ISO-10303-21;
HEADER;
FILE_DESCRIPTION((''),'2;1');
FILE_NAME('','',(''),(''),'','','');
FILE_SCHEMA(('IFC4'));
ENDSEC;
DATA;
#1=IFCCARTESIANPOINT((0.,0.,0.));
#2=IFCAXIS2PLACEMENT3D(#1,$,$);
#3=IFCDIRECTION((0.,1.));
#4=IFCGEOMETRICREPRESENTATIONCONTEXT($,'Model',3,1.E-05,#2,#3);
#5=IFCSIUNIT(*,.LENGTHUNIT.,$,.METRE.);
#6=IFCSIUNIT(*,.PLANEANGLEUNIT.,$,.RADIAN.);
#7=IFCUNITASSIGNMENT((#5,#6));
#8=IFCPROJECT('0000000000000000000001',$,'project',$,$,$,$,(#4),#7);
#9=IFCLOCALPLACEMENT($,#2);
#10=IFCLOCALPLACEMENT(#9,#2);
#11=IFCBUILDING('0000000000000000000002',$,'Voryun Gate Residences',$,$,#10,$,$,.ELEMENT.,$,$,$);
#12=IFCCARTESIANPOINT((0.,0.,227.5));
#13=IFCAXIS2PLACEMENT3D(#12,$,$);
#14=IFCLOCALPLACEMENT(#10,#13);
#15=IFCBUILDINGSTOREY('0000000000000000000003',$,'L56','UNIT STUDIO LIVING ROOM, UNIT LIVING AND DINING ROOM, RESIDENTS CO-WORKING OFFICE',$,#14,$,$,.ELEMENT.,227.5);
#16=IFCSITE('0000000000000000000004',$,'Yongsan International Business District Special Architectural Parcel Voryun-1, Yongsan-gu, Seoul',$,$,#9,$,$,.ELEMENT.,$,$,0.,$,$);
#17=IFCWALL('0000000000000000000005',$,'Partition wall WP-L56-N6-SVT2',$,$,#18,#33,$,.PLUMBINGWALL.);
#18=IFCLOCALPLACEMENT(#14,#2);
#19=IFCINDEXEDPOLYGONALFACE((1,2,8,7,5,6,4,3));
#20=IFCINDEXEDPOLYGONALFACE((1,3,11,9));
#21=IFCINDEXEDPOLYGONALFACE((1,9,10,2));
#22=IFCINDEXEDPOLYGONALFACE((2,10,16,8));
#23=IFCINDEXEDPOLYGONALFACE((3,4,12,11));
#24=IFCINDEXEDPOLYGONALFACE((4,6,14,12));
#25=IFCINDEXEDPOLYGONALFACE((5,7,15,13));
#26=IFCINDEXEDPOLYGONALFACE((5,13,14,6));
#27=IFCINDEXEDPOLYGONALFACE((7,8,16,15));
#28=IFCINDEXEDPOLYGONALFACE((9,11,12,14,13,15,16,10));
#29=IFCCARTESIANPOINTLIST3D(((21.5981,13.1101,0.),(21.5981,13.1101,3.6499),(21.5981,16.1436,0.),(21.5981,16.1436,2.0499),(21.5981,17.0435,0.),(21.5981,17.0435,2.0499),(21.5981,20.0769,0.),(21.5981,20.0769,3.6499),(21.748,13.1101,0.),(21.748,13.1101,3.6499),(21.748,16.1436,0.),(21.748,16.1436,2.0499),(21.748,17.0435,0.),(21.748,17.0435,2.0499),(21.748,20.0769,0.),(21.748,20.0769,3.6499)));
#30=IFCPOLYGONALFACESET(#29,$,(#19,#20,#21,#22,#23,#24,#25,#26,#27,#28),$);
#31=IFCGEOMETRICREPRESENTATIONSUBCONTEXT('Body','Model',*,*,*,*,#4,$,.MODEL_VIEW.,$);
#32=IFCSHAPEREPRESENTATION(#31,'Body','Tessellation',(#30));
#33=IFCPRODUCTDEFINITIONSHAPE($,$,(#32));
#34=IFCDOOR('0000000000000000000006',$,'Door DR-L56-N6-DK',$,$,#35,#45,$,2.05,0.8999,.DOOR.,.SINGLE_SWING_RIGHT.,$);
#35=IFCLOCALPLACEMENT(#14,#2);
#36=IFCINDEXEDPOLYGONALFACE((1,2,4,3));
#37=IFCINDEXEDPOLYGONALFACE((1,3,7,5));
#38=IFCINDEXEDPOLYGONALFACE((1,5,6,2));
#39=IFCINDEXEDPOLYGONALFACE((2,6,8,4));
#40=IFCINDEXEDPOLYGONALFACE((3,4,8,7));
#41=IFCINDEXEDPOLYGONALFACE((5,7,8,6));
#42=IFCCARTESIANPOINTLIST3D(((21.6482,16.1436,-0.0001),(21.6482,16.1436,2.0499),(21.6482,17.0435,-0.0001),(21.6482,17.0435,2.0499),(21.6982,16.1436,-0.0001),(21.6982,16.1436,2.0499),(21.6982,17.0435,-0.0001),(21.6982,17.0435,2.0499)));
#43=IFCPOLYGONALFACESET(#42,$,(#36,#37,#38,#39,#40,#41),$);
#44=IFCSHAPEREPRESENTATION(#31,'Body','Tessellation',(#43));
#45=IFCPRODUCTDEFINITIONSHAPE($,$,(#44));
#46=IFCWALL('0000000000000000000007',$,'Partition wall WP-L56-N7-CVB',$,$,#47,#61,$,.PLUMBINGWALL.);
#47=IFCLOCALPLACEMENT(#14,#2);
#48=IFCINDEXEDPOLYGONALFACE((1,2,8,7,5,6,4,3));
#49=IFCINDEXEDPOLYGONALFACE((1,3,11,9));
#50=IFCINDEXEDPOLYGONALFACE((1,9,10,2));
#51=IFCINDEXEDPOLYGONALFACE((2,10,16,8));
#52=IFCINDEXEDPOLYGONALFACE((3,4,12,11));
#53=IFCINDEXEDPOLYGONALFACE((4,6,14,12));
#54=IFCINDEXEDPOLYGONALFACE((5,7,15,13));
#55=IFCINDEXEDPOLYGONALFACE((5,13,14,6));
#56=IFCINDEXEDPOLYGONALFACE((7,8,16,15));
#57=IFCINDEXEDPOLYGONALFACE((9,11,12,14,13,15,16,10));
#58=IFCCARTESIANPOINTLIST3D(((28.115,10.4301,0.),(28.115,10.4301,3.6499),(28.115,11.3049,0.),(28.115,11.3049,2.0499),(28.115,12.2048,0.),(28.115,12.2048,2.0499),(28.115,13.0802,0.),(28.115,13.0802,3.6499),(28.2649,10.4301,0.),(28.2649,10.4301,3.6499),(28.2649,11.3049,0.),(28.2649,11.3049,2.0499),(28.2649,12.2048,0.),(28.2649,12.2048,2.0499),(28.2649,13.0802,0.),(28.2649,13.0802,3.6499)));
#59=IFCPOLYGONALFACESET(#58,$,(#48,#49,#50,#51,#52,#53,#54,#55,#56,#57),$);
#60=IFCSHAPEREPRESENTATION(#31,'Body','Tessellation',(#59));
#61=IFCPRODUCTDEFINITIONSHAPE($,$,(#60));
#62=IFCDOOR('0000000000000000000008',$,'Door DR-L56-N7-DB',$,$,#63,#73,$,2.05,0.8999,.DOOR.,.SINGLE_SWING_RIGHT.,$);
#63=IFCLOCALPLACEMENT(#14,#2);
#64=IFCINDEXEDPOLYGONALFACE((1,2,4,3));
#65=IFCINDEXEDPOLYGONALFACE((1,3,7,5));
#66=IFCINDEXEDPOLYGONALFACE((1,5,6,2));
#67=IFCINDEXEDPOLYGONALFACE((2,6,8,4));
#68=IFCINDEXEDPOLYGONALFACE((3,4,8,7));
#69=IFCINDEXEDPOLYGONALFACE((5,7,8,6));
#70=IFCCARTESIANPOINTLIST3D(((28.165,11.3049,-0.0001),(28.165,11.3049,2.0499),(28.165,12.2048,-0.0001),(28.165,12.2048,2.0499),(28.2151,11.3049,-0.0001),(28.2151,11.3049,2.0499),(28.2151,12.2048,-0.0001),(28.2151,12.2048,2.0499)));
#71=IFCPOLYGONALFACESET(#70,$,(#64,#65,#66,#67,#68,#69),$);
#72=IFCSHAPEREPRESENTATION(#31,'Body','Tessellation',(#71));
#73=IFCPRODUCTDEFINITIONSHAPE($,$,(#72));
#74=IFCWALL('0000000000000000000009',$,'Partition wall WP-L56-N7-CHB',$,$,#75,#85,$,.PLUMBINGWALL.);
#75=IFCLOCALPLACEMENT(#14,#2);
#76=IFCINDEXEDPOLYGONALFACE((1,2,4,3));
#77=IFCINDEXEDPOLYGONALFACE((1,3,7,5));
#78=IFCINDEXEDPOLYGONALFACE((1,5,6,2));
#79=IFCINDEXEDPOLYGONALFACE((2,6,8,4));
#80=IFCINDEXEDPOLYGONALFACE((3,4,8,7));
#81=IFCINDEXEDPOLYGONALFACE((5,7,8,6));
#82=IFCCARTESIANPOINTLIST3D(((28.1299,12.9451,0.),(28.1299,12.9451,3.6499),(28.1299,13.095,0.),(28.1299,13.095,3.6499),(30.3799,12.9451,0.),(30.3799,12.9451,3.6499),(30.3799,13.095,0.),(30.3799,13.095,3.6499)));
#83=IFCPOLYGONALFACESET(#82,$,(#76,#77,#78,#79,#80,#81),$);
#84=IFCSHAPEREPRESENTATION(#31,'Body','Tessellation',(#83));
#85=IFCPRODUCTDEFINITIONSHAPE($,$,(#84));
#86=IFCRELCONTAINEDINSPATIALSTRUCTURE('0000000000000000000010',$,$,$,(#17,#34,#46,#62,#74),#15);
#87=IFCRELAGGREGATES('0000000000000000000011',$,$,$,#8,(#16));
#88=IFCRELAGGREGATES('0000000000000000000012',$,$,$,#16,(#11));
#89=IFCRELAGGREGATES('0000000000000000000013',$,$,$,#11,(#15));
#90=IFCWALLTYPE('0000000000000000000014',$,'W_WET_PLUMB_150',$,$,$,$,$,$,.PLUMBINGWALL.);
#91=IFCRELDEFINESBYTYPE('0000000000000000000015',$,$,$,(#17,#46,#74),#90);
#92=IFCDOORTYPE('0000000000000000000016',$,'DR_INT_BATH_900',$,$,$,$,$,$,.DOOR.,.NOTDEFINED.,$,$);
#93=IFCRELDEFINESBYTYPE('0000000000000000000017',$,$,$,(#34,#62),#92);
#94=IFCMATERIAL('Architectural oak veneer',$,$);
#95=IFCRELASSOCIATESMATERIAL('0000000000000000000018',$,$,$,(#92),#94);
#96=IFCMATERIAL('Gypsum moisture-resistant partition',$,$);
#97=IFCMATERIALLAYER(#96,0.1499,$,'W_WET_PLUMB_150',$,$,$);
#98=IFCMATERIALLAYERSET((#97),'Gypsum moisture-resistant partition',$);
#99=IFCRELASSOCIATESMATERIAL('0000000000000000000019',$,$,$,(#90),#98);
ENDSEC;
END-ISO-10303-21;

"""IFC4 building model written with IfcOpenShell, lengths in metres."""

from ifc_helpers import new_model, si_unit, direction, frame, frame_2d, origin, place, context, subcontext, project, spatial, rectangle, extrude, material, layer, layer_set, type_object, element, fill, save


model = new_model("IFC4")

# Units and contexts
model_context = context("Model", 3, precision=1e-05, world=origin(), true_north=direction((0.0, 1.0)))
body_context = subcontext(model_context, "Body", "Model", "MODEL_VIEW")
ifc_project = project(units=[si_unit("LENGTHUNIT", "METRE"), si_unit("PLANEANGLEUNIT", "RADIAN")], contexts=[model_context])

# Site, building, storey
site_placement = place(None, origin())
site = spatial("IfcSite", under=ifc_project, at=site_placement, Name="Yongsan International Business District Special Architectural Parcel Voryun-1, Yongsan-gu, Seoul", CompositionType="ELEMENT", RefElevation=0.0)
building_placement = place(site_placement, origin())
building = spatial("IfcBuilding", under=site, at=building_placement, Name="Voryun Gate Residences", CompositionType="ELEMENT")
storey_placement = place(building_placement, frame((0.0, 0.0, 227.5)))
storey = spatial("IfcBuildingStorey", under=building, at=storey_placement, Name="L56", Description="UNIT STUDIO LIVING ROOM, UNIT LIVING AND DINING ROOM, RESIDENTS CO-WORKING OFFICE", CompositionType="ELEMENT", Elevation=227.5)

# Shared definitions
ifc_material_1 = material(Name="Architectural oak veneer")
door_type = type_object("IfcDoorType", Name="DR_INT_BATH_900", OperationType="NOTDEFINED", PredefinedType="DOOR", material=ifc_material_1)

# Shared definitions
ifc_material_2 = material(Name="Gypsum moisture-resistant partition")
ifc_layer_1 = layer(ifc_material_2, 0.1499, Name="W_WET_PLUMB_150")
ifc_layer_set_1 = layer_set([ifc_layer_1], Name="Gypsum moisture-resistant partition")
wall_type_1 = type_object("IfcWallType", Name="W_WET_PLUMB_150", PredefinedType="PLUMBINGWALL", material=ifc_layer_set_1)

# Walls, openings, doors
wall_1_placement = place(storey_placement, frame((21.6731, 13.1101, 0.0), z_axis=(0.0, 0.0, 1.0), x_axis=(0.0, 1.0, 0.0)))
wall_1 = element("IfcWall", 1, at=wall_1_placement, inside=storey, type_object=wall_type_1, Name="Partition wall WP-L56-N6-SVT2", PredefinedType="PLUMBINGWALL", context=body_context, shape_type="SweptSolid", body=[
    extrude(rectangle(XDim=6.9668, YDim=0.1499, at=frame_2d((3.4834, 0.0))), origin(), (0.0, 0.0, 1.0), 3.6499),
])
opening_1_placement = place(wall_1_placement, frame((3.0334, 0.0, 0.0)))
opening_1 = element("IfcOpeningElement", 2, at=opening_1_placement, cuts=wall_1, PredefinedType="OPENING", context=body_context, shape_type="SweptSolid", body=[
    extrude(rectangle(XDim=0.8999, YDim=2.05, at=frame_2d((0.45, 1.0249))), frame((0.0, 0.085, 0.0), z_axis=(0.0, -1.0, 0.0), x_axis=(1.0, 0.0, 0.0)), (0.0, 0.0, 1.0), 0.1699),
])
door_1_placement = place(opening_1_placement, origin())
door_1 = element("IfcDoor", 3, at=door_1_placement, inside=storey, type_object=door_type, Name="Door DR-L56-N6-DK", OperationType="SINGLE_SWING_RIGHT", OverallHeight=2.05, OverallWidth=0.8999, PredefinedType="DOOR", context=body_context, shape_type="SweptSolid", body=[
    extrude(rectangle(XDim=0.8999, YDim=2.05, at=frame_2d((0.45, 1.0249))), frame((0.0, 0.0249, 0.0), z_axis=(0.0, -1.0, 0.0), x_axis=(1.0, 0.0, 0.0)), (0.0, 0.0, 1.0), 0.05),
])
fill(opening_1, door_1)
wall_2_placement = place(storey_placement, frame((28.1899, 10.4299, 0.0), z_axis=(0.0, 0.0, 1.0), x_axis=(0.0, 1.0, 0.0)))
wall_2 = element("IfcWall", 4, at=wall_2_placement, inside=storey, type_object=wall_type_1, Name="Partition wall WP-L56-N7-CVB", PredefinedType="PLUMBINGWALL", context=body_context, shape_type="SweptSolid", body=[
    extrude(rectangle(XDim=2.6501, YDim=0.1499, at=frame_2d((1.3252, 0.0))), origin(), (0.0, 0.0, 1.0), 3.6499),
])
opening_2_placement = place(wall_2_placement, frame((0.875, 0.0, 0.0)))
opening_2 = element("IfcOpeningElement", 5, at=opening_2_placement, cuts=wall_2, PredefinedType="OPENING", context=body_context, shape_type="SweptSolid", body=[
    extrude(rectangle(XDim=0.8999, YDim=2.05, at=frame_2d((0.45, 1.0249))), frame((0.0, 0.085, 0.0), z_axis=(0.0, -1.0, 0.0), x_axis=(1.0, 0.0, 0.0)), (0.0, 0.0, 1.0), 0.1699),
])
door_2_placement = place(opening_2_placement, origin())
door_2 = element("IfcDoor", 6, at=door_2_placement, inside=storey, type_object=door_type, Name="Door DR-L56-N7-DB", OperationType="SINGLE_SWING_RIGHT", OverallHeight=2.05, OverallWidth=0.8999, PredefinedType="DOOR", context=body_context, shape_type="SweptSolid", body=[
    extrude(rectangle(XDim=0.8999, YDim=2.05, at=frame_2d((0.45, 1.0249))), frame((0.0, 0.0249, 0.0), z_axis=(0.0, -1.0, 0.0), x_axis=(1.0, 0.0, 0.0)), (0.0, 0.0, 1.0), 0.05),
])
fill(opening_2, door_2)

# Wall
wall_3_placement = place(storey_placement, frame((28.1299, 13.02, 0.0), z_axis=(0.0, 0.0, 1.0), x_axis=(1.0, 0.0, 0.0)))
element("IfcWall", 7, at=wall_3_placement, inside=storey, type_object=wall_type_1, Name="Partition wall WP-L56-N7-CHB", PredefinedType="PLUMBINGWALL", context=body_context, shape_type="SweptSolid", body=[
    extrude(rectangle(XDim=2.25, YDim=0.1499, at=frame_2d((1.125, 0.0))), origin(), (0.0, 0.0, 1.0), 3.6499),
])

save(model, "model.ifc")
